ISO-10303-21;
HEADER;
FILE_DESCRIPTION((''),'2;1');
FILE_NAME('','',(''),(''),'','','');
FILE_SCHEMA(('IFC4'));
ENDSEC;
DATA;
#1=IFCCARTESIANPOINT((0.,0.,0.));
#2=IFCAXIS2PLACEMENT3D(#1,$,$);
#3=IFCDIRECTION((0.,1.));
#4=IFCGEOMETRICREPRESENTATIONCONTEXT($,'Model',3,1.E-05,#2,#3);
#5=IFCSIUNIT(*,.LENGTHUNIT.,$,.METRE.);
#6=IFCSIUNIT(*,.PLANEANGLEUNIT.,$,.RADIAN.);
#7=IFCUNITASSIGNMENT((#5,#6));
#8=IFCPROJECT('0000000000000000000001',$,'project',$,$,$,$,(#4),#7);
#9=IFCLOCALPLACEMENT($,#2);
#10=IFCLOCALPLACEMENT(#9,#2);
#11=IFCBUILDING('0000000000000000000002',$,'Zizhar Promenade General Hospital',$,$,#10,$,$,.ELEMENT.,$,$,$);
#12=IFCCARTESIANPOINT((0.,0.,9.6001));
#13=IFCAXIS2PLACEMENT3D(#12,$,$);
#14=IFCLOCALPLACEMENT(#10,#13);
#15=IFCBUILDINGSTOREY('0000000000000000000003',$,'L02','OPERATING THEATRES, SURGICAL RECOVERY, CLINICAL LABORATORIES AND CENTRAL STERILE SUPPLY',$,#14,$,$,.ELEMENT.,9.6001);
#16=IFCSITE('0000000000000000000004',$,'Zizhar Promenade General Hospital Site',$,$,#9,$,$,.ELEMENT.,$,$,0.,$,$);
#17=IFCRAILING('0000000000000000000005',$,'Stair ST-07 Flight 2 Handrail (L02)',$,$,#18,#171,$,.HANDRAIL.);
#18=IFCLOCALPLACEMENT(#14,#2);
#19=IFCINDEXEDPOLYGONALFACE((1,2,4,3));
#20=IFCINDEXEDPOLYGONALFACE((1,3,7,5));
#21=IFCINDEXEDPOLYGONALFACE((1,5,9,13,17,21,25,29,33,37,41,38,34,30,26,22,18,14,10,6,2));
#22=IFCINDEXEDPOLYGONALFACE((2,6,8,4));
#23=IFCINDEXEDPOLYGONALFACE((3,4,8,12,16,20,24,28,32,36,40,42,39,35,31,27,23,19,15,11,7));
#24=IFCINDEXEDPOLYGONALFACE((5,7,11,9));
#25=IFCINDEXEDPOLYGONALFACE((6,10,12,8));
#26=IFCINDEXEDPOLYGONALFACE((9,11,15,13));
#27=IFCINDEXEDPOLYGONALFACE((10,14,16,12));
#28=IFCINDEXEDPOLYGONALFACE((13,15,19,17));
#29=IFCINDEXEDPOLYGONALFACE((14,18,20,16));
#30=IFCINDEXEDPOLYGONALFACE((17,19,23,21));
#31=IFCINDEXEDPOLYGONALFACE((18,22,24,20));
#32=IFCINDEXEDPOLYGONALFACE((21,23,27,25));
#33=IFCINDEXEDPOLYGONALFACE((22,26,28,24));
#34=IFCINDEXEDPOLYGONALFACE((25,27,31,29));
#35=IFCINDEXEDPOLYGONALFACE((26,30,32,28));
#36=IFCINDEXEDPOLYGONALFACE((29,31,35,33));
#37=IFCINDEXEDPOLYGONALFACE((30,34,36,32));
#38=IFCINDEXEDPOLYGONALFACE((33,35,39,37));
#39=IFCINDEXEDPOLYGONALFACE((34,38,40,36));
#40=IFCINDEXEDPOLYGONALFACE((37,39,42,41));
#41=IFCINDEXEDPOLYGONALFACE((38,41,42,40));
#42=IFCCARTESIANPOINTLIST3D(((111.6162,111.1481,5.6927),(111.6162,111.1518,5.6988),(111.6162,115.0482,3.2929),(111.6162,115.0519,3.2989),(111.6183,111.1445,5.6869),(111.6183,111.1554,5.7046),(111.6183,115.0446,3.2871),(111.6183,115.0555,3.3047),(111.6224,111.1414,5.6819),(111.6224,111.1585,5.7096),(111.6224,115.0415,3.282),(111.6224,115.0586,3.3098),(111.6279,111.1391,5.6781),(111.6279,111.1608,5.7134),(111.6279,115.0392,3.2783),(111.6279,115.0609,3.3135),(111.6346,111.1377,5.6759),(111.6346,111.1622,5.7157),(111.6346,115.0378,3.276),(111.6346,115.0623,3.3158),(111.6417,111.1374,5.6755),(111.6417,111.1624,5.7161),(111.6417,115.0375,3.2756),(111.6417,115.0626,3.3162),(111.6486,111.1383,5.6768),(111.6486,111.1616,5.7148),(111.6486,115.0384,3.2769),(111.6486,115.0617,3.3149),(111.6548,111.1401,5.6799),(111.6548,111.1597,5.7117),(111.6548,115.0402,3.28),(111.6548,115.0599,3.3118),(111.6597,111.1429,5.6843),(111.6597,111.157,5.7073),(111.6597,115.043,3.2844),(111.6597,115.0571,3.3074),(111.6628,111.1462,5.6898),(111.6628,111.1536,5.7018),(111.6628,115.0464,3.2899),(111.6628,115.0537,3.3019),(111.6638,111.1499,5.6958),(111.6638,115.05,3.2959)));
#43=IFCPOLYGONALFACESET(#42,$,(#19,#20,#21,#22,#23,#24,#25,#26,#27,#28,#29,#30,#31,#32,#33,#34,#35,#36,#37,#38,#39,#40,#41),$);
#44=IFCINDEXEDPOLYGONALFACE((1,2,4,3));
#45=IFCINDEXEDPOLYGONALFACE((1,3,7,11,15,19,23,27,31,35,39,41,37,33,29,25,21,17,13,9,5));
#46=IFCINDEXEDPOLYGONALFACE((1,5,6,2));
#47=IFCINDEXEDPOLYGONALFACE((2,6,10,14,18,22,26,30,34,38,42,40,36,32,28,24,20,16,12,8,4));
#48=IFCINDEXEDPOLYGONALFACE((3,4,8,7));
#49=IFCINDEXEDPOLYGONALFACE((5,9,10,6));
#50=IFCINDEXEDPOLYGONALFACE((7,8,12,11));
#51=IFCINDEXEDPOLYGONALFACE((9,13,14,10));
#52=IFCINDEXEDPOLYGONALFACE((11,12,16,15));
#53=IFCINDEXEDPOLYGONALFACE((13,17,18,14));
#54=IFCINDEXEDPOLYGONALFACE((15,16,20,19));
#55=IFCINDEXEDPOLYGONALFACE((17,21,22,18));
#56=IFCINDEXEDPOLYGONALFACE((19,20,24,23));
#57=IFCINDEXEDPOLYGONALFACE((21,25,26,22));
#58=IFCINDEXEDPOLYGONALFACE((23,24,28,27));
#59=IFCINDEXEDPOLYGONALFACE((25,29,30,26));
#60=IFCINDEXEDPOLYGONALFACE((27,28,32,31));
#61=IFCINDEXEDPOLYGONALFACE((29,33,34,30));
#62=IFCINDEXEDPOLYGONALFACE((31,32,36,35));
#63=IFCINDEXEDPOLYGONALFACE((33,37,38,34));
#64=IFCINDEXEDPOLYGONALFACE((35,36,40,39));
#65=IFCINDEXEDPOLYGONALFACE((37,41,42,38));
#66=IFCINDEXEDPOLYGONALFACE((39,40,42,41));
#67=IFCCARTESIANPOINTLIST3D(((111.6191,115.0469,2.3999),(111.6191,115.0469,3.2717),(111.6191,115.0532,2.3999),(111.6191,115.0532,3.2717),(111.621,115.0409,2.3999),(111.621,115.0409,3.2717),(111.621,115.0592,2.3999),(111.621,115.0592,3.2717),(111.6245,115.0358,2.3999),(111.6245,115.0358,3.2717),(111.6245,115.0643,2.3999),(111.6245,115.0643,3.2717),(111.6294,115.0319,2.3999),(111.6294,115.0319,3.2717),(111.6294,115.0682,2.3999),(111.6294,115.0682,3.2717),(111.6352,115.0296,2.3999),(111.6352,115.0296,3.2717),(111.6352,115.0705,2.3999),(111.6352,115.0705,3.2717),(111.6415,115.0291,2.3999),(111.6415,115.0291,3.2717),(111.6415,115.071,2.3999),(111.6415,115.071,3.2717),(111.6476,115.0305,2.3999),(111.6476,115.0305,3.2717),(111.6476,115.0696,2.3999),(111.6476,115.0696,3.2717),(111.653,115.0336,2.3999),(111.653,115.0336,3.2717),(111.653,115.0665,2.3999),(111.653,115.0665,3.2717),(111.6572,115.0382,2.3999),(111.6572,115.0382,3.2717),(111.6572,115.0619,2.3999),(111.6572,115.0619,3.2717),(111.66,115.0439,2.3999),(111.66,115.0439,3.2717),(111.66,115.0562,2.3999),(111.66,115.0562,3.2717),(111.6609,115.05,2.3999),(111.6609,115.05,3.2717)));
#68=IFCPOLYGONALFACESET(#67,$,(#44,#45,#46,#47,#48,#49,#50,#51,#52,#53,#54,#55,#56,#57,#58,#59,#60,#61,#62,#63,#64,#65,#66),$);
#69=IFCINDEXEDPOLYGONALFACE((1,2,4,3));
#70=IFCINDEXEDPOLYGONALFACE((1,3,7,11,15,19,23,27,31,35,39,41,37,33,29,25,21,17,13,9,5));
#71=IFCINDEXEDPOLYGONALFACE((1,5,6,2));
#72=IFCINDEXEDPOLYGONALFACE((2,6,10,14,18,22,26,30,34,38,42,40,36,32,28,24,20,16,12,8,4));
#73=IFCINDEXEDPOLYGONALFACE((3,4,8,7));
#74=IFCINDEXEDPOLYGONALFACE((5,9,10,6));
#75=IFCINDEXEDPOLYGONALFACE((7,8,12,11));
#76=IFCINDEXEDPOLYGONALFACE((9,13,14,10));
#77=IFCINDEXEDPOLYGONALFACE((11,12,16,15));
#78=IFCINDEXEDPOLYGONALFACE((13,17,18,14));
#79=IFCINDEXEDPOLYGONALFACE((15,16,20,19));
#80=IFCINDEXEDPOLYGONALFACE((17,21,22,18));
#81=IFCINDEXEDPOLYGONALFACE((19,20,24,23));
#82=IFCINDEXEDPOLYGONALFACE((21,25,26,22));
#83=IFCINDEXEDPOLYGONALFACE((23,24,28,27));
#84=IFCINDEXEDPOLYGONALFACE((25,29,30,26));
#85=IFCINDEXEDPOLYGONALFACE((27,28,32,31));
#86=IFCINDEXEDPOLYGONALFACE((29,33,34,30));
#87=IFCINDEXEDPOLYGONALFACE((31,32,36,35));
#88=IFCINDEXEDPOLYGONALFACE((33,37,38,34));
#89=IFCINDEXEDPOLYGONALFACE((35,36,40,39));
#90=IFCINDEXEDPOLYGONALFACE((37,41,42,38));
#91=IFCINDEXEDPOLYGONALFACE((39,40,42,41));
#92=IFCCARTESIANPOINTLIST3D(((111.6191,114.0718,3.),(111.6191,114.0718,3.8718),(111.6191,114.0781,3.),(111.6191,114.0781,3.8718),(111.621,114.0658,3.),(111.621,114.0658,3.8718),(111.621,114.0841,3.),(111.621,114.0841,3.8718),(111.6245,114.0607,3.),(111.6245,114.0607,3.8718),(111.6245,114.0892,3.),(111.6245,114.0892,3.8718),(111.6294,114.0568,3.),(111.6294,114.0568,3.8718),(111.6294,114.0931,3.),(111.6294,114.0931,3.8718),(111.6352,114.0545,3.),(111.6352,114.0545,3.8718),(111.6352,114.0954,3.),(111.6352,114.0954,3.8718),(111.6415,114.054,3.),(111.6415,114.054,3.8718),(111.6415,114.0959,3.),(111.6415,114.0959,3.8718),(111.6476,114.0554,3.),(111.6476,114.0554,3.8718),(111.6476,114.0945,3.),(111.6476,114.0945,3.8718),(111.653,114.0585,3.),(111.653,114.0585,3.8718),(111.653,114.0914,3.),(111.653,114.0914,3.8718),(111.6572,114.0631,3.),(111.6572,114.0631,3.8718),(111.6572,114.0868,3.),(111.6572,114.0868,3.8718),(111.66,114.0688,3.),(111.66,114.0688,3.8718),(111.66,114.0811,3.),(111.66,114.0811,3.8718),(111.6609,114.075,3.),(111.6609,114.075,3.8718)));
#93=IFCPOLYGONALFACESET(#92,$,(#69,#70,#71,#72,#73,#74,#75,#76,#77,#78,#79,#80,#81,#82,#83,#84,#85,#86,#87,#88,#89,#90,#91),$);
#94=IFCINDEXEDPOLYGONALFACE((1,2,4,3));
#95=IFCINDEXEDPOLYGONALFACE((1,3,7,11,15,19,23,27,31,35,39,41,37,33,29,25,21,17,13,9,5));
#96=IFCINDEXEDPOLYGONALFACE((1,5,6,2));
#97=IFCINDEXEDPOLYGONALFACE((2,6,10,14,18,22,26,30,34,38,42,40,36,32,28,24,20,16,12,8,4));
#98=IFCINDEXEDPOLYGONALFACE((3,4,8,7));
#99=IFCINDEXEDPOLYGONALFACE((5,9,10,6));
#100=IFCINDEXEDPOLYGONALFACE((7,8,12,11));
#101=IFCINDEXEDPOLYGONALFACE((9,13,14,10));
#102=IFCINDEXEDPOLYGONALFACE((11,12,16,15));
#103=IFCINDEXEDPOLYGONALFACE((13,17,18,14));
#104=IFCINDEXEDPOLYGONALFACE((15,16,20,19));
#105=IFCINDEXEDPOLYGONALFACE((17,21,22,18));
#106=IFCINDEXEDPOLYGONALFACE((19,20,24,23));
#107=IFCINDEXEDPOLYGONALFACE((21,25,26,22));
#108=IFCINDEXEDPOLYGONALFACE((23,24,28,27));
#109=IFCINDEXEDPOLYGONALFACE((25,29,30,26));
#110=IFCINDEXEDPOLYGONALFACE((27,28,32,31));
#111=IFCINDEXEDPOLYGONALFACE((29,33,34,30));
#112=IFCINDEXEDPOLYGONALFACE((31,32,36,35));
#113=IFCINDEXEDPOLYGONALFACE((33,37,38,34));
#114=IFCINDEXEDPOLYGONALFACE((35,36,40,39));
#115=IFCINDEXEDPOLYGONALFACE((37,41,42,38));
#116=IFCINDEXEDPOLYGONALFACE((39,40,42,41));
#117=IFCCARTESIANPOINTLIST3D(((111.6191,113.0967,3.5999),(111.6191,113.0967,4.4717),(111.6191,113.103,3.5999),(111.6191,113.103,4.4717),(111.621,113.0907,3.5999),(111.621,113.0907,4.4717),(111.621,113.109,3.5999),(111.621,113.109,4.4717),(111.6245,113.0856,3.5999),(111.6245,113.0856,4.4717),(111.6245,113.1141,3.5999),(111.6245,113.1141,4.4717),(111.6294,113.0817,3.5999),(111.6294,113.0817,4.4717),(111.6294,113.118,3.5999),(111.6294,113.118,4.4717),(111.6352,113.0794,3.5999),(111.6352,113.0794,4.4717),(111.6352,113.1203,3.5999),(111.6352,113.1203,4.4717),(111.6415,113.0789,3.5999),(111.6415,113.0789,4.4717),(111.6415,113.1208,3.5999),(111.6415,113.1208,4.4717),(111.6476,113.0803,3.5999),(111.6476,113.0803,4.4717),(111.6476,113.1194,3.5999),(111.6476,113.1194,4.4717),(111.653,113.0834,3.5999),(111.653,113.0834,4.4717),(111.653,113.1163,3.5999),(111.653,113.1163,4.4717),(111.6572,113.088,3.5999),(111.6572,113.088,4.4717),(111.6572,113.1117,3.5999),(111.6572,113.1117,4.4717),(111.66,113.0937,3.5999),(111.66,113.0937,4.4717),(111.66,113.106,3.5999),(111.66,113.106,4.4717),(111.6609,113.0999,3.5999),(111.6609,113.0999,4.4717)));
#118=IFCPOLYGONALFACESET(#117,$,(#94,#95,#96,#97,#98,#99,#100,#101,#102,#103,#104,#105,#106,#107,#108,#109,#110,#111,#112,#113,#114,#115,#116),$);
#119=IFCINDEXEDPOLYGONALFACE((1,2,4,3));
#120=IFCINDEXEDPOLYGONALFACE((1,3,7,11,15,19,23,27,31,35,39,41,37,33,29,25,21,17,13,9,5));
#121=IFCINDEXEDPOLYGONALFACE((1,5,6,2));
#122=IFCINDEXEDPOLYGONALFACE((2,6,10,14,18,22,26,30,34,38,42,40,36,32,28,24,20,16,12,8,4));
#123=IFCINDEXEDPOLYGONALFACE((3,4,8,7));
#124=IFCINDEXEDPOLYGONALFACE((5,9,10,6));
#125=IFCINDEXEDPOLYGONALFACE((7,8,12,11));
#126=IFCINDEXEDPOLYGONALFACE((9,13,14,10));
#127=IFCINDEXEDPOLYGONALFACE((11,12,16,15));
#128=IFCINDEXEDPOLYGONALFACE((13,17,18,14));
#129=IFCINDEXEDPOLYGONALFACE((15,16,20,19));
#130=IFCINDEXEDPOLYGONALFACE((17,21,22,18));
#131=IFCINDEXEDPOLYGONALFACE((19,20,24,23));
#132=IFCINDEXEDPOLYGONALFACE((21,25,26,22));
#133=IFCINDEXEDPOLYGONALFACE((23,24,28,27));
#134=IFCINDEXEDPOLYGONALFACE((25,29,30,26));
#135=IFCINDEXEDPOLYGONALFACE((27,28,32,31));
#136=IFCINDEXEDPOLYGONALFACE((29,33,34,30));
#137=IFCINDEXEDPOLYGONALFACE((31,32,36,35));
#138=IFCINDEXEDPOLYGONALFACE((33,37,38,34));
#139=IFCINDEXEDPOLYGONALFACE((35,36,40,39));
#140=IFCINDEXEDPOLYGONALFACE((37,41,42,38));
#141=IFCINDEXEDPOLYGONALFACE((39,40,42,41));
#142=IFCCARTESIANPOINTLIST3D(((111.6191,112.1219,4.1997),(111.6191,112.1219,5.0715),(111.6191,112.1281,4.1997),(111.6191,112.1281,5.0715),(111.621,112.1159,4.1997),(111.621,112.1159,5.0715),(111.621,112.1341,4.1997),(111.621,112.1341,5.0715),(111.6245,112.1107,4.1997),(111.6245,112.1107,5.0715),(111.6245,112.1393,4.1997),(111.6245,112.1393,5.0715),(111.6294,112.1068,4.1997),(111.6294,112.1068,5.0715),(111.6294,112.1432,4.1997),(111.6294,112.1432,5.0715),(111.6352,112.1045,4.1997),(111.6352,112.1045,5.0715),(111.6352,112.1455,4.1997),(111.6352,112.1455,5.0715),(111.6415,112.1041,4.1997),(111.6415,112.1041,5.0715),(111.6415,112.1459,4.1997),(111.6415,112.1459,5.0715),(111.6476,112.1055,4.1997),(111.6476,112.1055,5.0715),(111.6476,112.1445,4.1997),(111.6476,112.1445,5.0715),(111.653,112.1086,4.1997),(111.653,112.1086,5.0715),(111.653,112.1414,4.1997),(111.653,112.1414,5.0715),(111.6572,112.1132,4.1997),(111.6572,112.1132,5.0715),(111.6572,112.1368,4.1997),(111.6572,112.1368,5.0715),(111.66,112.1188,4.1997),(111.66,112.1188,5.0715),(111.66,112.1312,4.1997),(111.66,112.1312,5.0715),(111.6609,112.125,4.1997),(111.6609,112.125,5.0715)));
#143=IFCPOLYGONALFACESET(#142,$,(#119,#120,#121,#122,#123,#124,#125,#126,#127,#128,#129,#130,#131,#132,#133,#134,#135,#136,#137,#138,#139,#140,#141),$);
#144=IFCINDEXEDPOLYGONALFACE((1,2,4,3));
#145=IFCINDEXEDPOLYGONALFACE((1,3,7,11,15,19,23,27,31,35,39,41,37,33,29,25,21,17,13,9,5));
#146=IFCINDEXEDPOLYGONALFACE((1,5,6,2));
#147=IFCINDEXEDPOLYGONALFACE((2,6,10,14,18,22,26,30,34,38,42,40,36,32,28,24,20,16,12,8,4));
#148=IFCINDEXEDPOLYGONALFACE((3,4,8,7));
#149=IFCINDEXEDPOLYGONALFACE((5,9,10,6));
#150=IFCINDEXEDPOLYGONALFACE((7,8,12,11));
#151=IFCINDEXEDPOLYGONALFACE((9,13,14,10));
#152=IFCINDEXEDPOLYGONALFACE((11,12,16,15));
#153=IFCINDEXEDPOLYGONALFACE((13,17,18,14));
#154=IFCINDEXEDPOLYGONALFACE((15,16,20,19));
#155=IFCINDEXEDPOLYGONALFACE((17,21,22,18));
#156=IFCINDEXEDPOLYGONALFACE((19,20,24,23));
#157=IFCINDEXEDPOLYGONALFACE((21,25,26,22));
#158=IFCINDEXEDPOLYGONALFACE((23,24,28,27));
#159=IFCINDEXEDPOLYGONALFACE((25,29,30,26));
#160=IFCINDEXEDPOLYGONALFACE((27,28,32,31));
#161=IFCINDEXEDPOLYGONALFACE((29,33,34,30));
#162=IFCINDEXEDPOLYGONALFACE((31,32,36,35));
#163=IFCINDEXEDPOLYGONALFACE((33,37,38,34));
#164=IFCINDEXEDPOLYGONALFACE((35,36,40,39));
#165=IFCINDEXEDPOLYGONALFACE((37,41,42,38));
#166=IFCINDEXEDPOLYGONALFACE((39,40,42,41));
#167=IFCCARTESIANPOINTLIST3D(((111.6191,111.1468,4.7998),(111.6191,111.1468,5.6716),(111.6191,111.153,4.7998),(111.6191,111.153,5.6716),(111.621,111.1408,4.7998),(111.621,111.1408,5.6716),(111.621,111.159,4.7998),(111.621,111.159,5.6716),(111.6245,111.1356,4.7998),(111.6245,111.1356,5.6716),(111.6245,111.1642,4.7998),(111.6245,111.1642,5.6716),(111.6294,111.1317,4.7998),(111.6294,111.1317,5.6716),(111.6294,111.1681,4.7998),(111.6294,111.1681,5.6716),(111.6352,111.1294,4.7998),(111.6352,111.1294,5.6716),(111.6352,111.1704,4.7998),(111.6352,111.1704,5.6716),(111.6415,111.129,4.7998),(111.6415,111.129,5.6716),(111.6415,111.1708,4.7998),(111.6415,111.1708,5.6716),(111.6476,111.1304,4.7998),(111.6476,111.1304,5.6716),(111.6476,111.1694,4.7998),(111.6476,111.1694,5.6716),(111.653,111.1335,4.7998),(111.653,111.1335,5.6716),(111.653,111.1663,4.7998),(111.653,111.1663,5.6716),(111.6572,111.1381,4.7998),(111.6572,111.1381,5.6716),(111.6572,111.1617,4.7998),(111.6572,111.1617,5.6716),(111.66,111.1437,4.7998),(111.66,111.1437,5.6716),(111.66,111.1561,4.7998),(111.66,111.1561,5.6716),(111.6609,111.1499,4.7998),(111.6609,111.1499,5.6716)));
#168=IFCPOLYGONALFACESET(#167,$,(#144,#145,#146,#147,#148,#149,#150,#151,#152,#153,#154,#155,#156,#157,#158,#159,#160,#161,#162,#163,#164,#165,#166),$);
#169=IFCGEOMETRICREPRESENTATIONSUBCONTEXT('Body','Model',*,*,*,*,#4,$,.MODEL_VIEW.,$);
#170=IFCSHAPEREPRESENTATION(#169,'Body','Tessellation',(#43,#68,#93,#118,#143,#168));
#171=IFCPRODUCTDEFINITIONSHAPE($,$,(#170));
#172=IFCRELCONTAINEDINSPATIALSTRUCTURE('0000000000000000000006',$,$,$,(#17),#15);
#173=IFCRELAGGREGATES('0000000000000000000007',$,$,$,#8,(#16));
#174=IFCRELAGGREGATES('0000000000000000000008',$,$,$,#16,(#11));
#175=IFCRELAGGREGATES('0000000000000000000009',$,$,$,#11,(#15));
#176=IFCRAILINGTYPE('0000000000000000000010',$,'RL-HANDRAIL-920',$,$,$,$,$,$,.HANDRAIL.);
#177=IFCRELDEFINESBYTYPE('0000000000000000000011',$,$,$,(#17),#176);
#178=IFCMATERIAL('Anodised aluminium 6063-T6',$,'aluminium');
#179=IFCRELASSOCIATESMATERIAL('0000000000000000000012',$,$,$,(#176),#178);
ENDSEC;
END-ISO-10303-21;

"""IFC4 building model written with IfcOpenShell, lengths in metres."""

from ifc_helpers import new_model, si_unit, direction, frame, origin, origin_2d, place, context, subcontext, project, spatial, circle, hollow_circle, extrude, material, material_profile, profile_set, type_object, element, save


model = new_model("IFC4")

# Units and contexts
model_context = context("Model", 3, precision=1e-05, world=origin(), true_north=direction((0.0, 1.0)))
body_context = subcontext(model_context, "Body", "Model", "MODEL_VIEW")
ifc_project = project(units=[si_unit("LENGTHUNIT", "METRE"), si_unit("PLANEANGLEUNIT", "RADIAN")], contexts=[model_context])

# Site, building, storey
site_placement = place(None, origin())
site = spatial("IfcSite", under=ifc_project, at=site_placement, Name="Zizhar Promenade General Hospital Site", CompositionType="ELEMENT", RefElevation=0.0)
building_placement = place(site_placement, origin())
building = spatial("IfcBuilding", under=site, at=building_placement, Name="Zizhar Promenade General Hospital", CompositionType="ELEMENT")
storey_placement = place(building_placement, frame((0.0, 0.0, 9.6001)))
storey = spatial("IfcBuildingStorey", under=building, at=storey_placement, Name="L02", Description="OPERATING THEATRES, SURGICAL RECOVERY, CLINICAL LABORATORIES AND CENTRAL STERILE SUPPLY", CompositionType="ELEMENT", Elevation=9.6001)

# Railing
ifc_material_1 = material(Name="Anodised aluminium 6063-T6", Category="aluminium")
ifc_material_profile_1 = material_profile(ifc_material_1, hollow_circle(Radius=0.0698, WallThickness=0.0063, at=origin_2d()))
ifc_profile_set_1 = profile_set([ifc_material_profile_1], Name="Anodised aluminium 6063-T6")
railing_type_1 = type_object("IfcRailingType", Name="RL-HANDRAIL-920", PredefinedType="HANDRAIL", material=ifc_profile_set_1)
railing_1_placement = place(storey_placement, frame((111.6399, 115.05, 2.3999)))
element("IfcRailing", 1, at=railing_1_placement, inside=storey, type_object=railing_type_1, Name="Stair ST-07 Flight 2 Handrail (L02)", PredefinedType="HANDRAIL", context=body_context, shape_type="SweptSolid", body=[
    extrude(circle(Radius=0.0239, at=origin_2d()), frame((0.0, 0.0, 0.896), z_axis=(0.0, -0.851677, 0.524068), x_axis=(1.0, 0.0, 0.0)), (0.0, 0.0, 1.0), 4.5793),
    extrude(circle(Radius=0.021, at=origin_2d()), origin(), (0.0, 0.0, 1.0), 0.8718),
    extrude(circle(Radius=0.021, at=origin_2d()), frame((0.0, -0.9751, 0.6001)), (0.0, 0.0, 1.0), 0.8718),
    extrude(circle(Radius=0.021, at=origin_2d()), frame((0.0, -1.9502, 1.2)), (0.0, 0.0, 1.0), 0.8718),
    extrude(circle(Radius=0.021, at=origin_2d()), frame((0.0, -2.925, 1.7998)), (0.0, 0.0, 1.0), 0.8718),
    extrude(circle(Radius=0.021, at=origin_2d()), frame((0.0, -3.9001, 2.3999)), (0.0, 0.0, 1.0), 0.8718),
])

save(model, "model.ifc")
